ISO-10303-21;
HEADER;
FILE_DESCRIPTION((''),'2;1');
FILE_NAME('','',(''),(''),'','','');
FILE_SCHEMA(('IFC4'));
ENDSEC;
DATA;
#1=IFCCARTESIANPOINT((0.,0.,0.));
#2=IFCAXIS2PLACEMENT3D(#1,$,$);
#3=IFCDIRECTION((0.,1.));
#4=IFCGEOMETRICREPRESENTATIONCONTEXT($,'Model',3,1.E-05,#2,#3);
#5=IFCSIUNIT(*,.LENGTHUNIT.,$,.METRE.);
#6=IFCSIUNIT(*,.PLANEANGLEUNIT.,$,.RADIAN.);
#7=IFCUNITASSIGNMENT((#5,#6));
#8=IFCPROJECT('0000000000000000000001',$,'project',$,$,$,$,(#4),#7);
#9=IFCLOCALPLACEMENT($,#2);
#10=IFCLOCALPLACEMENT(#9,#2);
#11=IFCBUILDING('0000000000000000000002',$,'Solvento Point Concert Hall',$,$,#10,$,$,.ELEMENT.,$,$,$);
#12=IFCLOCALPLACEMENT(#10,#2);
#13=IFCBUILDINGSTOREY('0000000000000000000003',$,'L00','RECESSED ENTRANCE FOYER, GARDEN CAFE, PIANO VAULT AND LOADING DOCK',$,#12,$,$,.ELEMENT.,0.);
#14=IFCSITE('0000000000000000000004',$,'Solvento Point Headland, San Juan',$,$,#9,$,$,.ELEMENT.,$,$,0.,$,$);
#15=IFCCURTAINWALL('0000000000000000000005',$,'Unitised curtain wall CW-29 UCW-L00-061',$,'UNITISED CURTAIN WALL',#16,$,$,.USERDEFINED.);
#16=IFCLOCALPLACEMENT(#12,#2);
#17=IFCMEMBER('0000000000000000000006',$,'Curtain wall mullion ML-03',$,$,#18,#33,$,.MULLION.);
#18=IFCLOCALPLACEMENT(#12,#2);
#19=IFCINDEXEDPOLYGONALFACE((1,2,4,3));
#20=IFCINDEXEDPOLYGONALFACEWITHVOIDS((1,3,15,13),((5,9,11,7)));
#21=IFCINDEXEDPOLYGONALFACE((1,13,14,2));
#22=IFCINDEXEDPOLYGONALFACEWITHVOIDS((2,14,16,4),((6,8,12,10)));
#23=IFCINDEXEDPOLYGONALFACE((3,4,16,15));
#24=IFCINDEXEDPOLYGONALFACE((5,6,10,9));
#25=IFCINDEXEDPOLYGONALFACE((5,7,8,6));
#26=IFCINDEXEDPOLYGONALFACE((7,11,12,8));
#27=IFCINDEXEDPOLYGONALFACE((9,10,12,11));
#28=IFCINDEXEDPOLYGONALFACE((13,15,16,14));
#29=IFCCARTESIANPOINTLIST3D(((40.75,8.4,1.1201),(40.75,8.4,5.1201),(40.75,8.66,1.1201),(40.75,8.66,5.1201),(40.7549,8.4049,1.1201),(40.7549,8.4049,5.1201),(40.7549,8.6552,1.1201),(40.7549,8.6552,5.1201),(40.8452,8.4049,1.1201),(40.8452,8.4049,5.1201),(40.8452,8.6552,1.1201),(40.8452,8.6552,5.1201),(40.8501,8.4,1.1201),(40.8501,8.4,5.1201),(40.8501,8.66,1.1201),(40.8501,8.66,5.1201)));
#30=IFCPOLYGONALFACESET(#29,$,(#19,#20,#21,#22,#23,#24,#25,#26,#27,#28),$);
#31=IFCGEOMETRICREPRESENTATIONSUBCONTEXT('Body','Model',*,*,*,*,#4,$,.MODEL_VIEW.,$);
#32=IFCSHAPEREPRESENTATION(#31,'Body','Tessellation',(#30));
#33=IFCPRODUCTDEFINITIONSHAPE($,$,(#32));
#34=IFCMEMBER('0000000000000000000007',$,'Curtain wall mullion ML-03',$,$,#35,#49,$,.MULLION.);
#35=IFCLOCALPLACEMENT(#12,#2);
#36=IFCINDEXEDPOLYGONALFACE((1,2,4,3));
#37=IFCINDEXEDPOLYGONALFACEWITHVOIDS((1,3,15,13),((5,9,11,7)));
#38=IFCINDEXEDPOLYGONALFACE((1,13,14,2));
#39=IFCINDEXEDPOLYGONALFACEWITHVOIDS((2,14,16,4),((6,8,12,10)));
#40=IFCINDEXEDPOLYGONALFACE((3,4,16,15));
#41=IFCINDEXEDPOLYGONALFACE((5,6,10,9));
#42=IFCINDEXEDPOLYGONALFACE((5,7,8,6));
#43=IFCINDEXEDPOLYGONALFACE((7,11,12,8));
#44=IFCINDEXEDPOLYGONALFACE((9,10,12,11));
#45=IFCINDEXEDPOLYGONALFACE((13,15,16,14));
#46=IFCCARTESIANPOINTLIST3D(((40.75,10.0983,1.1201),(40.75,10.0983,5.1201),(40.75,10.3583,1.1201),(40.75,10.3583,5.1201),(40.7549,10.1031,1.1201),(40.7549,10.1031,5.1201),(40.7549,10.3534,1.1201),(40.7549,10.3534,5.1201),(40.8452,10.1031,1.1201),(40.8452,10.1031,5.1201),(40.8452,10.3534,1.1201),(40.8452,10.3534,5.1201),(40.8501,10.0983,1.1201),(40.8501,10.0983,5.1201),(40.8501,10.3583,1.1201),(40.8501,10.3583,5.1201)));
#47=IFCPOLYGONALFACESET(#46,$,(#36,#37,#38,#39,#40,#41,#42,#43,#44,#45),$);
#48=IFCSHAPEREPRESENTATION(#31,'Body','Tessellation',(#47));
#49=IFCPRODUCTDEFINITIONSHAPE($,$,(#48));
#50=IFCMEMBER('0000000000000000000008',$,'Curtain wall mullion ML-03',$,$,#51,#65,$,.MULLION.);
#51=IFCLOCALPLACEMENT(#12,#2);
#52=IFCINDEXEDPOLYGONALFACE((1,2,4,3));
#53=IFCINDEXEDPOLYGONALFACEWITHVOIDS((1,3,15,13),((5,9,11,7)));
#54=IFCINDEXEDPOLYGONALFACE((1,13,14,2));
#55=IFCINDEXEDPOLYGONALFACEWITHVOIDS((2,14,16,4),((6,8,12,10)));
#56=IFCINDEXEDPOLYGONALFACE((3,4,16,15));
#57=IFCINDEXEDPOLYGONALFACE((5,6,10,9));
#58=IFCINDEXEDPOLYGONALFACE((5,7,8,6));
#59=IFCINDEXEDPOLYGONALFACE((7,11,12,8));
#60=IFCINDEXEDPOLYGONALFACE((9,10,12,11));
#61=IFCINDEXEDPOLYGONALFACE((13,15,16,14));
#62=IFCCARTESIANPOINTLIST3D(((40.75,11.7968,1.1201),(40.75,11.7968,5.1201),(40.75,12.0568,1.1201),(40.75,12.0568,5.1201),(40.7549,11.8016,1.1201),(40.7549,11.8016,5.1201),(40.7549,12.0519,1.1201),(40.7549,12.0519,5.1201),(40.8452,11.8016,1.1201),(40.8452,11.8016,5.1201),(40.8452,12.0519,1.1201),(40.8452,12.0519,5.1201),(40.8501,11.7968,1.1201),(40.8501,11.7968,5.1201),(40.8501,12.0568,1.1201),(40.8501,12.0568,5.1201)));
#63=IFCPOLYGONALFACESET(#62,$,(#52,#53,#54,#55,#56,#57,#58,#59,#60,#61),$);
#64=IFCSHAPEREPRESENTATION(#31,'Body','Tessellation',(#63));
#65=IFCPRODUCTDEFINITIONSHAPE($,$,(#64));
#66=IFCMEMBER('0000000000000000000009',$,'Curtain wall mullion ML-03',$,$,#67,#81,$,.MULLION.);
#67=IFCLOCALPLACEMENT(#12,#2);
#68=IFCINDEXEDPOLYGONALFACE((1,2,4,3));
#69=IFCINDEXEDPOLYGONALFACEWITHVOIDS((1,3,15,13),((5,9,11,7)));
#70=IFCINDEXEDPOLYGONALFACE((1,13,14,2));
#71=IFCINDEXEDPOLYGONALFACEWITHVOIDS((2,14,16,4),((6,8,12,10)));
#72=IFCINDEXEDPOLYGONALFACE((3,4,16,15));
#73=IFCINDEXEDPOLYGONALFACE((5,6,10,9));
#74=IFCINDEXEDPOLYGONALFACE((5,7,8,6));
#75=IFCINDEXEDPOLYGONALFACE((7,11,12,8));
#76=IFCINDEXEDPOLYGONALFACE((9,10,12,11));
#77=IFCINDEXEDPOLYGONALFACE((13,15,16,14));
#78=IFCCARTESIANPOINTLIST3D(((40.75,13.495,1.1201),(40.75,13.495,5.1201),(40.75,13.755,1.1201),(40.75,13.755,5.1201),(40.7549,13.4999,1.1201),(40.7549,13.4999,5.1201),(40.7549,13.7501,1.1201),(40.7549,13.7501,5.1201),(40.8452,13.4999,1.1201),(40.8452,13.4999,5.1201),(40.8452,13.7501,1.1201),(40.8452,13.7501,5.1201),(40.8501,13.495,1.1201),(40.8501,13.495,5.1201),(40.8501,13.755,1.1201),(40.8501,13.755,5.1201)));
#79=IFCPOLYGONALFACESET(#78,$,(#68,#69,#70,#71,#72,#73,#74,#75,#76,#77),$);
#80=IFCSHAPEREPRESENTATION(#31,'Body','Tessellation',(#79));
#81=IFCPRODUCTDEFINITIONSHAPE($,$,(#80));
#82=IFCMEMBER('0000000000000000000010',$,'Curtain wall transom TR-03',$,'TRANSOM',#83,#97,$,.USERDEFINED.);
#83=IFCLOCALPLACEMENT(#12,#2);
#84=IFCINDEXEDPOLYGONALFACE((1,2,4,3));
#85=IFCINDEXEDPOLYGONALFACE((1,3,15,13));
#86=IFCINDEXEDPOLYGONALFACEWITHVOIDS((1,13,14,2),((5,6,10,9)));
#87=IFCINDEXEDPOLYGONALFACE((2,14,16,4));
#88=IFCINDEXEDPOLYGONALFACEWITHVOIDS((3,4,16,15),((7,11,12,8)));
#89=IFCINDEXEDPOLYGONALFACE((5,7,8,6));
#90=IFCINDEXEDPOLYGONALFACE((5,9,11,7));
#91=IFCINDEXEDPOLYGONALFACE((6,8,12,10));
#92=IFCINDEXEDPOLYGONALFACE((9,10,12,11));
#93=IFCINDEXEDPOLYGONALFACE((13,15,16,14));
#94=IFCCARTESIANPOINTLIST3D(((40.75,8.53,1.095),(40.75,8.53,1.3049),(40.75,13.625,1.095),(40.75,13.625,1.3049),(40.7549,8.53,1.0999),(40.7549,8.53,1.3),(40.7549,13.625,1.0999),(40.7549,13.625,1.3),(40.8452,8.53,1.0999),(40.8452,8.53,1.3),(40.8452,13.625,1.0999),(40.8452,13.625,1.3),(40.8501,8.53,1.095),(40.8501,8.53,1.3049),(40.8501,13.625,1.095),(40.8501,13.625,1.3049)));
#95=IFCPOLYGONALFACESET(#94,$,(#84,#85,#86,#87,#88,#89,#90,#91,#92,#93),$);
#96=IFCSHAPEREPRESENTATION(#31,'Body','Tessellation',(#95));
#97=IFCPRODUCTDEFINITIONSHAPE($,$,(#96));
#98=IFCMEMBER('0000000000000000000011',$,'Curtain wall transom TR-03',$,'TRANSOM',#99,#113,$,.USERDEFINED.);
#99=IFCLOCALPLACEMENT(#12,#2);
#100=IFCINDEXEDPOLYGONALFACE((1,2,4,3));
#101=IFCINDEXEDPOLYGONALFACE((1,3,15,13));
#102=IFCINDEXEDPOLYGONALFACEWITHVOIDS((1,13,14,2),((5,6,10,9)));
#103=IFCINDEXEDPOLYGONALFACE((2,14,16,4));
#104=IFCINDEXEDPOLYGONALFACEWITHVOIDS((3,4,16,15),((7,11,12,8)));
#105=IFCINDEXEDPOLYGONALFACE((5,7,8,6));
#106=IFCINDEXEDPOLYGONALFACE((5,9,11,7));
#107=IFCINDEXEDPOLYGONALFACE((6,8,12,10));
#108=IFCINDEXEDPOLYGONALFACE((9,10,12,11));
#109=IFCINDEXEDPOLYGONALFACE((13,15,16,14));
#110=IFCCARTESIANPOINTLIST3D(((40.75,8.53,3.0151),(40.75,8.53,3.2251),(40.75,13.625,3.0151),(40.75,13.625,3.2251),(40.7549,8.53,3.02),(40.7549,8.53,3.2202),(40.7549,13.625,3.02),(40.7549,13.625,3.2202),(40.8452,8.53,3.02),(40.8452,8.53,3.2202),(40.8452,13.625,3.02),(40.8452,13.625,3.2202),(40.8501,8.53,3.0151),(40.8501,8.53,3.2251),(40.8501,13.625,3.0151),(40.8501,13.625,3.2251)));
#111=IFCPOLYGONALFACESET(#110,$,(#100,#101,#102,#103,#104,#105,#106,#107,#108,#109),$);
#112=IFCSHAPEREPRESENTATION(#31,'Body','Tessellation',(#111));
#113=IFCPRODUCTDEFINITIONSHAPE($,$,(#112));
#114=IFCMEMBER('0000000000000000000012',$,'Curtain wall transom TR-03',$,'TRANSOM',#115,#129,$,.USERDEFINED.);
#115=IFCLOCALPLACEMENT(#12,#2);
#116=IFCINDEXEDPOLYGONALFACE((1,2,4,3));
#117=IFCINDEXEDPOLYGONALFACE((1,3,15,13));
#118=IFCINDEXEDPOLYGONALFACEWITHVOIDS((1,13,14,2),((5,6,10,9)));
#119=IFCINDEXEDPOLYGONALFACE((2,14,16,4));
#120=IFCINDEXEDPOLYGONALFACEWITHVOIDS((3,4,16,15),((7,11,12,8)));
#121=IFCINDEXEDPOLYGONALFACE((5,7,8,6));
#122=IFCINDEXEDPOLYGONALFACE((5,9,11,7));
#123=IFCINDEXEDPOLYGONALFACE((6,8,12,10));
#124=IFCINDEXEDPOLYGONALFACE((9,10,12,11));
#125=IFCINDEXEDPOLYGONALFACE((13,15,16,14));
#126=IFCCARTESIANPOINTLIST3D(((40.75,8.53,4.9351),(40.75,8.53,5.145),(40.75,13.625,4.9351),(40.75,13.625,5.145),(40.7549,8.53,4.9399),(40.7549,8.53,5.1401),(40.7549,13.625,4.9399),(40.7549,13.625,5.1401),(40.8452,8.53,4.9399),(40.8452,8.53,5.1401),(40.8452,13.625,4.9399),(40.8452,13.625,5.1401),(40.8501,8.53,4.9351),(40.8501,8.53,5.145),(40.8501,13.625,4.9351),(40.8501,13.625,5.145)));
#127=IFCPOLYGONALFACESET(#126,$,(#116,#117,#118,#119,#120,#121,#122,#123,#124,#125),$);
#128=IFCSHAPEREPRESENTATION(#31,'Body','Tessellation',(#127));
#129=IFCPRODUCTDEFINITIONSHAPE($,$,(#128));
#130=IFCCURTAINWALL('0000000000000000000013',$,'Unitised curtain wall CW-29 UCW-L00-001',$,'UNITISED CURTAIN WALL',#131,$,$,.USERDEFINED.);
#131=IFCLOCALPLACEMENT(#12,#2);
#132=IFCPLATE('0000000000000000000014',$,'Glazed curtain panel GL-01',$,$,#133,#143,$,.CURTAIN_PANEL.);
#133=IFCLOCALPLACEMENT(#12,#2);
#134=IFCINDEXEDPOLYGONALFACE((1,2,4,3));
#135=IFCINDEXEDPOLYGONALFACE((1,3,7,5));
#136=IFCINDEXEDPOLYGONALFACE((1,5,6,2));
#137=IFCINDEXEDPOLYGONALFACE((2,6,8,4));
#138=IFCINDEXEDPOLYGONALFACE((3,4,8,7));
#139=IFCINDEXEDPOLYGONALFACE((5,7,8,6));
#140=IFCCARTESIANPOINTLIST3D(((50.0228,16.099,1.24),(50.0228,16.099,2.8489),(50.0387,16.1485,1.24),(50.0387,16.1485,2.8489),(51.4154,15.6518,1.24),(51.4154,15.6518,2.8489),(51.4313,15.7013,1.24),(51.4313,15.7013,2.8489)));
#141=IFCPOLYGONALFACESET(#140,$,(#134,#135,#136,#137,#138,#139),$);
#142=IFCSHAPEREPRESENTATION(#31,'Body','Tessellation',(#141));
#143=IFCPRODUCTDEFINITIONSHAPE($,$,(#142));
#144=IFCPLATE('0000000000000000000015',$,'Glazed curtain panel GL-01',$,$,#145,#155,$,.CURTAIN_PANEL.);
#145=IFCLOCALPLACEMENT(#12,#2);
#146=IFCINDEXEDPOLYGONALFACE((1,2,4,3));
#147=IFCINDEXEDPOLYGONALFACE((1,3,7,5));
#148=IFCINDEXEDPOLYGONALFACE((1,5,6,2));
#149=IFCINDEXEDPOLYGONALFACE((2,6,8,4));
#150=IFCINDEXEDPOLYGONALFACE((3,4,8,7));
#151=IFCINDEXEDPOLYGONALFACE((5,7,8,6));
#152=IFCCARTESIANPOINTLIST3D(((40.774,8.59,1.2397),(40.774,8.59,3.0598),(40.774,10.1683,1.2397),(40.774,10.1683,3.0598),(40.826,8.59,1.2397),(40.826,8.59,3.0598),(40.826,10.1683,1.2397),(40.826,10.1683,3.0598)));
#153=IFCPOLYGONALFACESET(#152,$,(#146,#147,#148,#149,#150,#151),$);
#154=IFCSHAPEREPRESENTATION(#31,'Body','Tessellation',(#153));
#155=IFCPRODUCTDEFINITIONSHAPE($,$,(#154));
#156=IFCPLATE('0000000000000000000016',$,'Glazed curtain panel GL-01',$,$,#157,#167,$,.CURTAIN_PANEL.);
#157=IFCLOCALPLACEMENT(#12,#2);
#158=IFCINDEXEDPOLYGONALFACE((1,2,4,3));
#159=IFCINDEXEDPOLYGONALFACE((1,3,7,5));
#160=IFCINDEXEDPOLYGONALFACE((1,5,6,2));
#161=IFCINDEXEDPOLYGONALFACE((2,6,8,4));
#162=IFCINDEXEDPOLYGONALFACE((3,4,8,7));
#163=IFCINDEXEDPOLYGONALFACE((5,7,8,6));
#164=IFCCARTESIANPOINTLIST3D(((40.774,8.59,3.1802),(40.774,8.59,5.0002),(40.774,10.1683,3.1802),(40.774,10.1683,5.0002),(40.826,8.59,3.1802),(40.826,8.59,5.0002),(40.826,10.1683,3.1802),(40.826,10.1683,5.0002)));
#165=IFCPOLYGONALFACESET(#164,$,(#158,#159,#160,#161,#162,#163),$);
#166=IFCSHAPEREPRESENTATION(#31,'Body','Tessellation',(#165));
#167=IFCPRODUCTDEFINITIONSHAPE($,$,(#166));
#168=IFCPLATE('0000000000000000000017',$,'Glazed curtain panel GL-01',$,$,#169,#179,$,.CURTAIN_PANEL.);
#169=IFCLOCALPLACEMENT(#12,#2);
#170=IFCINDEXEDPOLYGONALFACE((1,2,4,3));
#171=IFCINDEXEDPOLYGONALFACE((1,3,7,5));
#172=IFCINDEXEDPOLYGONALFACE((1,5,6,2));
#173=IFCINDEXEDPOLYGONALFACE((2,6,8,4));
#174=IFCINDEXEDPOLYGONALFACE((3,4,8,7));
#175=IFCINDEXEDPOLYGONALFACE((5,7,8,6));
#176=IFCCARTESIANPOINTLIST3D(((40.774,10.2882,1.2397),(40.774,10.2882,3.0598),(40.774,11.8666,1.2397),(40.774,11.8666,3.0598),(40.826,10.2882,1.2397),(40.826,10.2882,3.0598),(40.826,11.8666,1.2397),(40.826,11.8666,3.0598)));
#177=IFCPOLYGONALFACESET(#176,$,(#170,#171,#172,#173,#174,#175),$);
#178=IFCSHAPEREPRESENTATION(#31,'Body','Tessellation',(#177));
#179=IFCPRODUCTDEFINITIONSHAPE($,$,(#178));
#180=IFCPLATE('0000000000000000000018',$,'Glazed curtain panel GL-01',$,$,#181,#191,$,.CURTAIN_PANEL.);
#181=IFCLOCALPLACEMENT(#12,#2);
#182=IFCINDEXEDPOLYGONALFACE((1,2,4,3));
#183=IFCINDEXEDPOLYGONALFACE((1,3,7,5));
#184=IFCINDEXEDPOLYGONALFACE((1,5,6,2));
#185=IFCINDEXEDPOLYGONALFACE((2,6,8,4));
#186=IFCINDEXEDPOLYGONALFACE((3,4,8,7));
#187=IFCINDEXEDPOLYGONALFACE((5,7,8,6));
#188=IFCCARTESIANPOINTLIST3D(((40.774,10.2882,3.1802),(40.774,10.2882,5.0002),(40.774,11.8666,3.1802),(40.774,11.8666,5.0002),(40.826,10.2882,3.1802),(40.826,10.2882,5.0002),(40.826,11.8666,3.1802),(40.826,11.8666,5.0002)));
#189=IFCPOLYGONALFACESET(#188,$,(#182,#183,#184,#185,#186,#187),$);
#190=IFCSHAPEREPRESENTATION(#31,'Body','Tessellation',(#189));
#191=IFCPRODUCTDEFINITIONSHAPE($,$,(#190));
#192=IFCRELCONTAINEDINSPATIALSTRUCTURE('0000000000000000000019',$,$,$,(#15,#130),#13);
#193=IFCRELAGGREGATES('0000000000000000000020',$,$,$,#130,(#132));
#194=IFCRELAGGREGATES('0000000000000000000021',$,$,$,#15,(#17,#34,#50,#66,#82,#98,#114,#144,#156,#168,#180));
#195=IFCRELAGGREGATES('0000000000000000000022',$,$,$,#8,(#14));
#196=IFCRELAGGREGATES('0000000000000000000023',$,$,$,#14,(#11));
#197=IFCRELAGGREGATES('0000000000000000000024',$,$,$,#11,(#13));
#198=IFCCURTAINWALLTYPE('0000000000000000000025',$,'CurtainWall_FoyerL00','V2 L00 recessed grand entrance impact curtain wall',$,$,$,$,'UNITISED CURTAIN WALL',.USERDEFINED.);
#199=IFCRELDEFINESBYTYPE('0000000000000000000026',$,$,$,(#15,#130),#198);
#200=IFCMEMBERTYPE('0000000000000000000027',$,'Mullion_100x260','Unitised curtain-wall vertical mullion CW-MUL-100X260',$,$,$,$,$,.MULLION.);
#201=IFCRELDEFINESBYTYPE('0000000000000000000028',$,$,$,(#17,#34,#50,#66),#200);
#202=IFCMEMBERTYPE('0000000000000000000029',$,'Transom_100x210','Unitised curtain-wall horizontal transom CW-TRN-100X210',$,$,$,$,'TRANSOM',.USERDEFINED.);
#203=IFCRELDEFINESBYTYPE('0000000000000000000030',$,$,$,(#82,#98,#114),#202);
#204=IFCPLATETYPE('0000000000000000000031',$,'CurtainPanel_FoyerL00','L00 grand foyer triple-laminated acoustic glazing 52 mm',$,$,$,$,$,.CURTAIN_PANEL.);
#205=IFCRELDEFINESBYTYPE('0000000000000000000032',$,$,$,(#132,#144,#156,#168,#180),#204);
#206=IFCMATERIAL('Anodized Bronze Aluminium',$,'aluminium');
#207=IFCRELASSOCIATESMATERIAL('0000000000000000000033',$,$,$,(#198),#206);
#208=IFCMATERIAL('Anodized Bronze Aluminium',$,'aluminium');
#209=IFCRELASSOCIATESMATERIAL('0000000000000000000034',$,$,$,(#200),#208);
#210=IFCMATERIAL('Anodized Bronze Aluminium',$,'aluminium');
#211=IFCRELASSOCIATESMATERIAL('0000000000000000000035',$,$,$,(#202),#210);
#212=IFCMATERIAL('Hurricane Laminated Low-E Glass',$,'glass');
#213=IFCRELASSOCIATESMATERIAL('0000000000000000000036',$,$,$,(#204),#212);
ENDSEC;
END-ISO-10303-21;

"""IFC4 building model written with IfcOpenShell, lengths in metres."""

from ifc_helpers import new_model, si_unit, direction, frame, origin, origin_2d, place, context, subcontext, project, spatial, rectangle, hollow_rectangle, extrude, material, material_profile, profile_set, type_object, element, aggregate, save


model = new_model("IFC4")

# Units and contexts
model_context = context("Model", 3, precision=1e-05, world=origin(), true_north=direction((0.0, 1.0)))
body_context = subcontext(model_context, "Body", "Model", "MODEL_VIEW")
ifc_project = project(units=[si_unit("LENGTHUNIT", "METRE"), si_unit("PLANEANGLEUNIT", "RADIAN")], contexts=[model_context])

# Site, building, storey
site_placement = place(None, origin())
site = spatial("IfcSite", under=ifc_project, at=site_placement, Name="Solvento Point Headland, San Juan", CompositionType="ELEMENT", RefElevation=0.0)
building_placement = place(site_placement, origin())
building = spatial("IfcBuilding", under=site, at=building_placement, Name="Solvento Point Concert Hall", CompositionType="ELEMENT")
storey_placement = place(building_placement, origin())
storey = spatial("IfcBuildingStorey", under=building, at=storey_placement, Name="L00", Description="RECESSED ENTRANCE FOYER, GARDEN CAFE, PIANO VAULT AND LOADING DOCK", CompositionType="ELEMENT", Elevation=0.0)

# Curtain wall, members
ifc_material_1 = material(Name="Anodized Bronze Aluminium", Category="aluminium")
curtain_wall_type = type_object("IfcCurtainWallType", Name="CurtainWall_FoyerL00", Description="V2 L00 recessed grand entrance impact curtain wall", ElementType="UNITISED CURTAIN WALL", PredefinedType="USERDEFINED", material=ifc_material_1)
curtain_wall_1_placement = place(storey_placement, origin())
curtain_wall_1 = element("IfcCurtainWall", 1, at=curtain_wall_1_placement, inside=storey, type_object=curtain_wall_type, Name="Unitised curtain wall CW-29 UCW-L00-061", ObjectType="UNITISED CURTAIN WALL", PredefinedType="USERDEFINED")
ifc_material_2 = material(Name="Anodized Bronze Aluminium", Category="aluminium")
ifc_material_profile_1 = material_profile(ifc_material_2, hollow_rectangle(XDim=0.1001, YDim=0.26, WallThickness=0.0049, at=origin_2d()), Name="CW-MUL-100X260")
ifc_profile_set_1 = profile_set([ifc_material_profile_1], Name="Anodized Bronze Aluminium")
member_type_1 = type_object("IfcMemberType", Name="Mullion_100x260", Description="Unitised curtain-wall vertical mullion CW-MUL-100X260", PredefinedType="MULLION", material=ifc_profile_set_1)
member_1_placement = place(storey_placement, frame((40.8, 8.53, 1.1201), z_axis=(0.0, 0.0, 1.0), x_axis=(1.0, 0.0, 0.0)))
member_1 = element("IfcMember", 2, at=member_1_placement, type_object=member_type_1, Name="Curtain wall mullion ML-03", PredefinedType="MULLION", context=body_context, shape_type="SweptSolid", body=[
    extrude(hollow_rectangle(XDim=0.1001, YDim=0.26, WallThickness=0.0049, at=origin_2d()), origin(), (0.0, 0.0, 1.0), 4.0),
])
member_2_placement = place(storey_placement, frame((40.8, 10.2283, 1.1201), z_axis=(0.0, 0.0, 1.0), x_axis=(1.0, 0.0, 0.0)))
member_2 = element("IfcMember", 3, at=member_2_placement, type_object=member_type_1, Name="Curtain wall mullion ML-03", PredefinedType="MULLION", context=body_context, shape_type="SweptSolid", body=[
    extrude(hollow_rectangle(XDim=0.1001, YDim=0.26, WallThickness=0.0049, at=origin_2d()), origin(), (0.0, 0.0, 1.0), 4.0),
])
member_3_placement = place(storey_placement, frame((40.8, 11.9268, 1.1201), z_axis=(0.0, 0.0, 1.0), x_axis=(1.0, 0.0, 0.0)))
member_3 = element("IfcMember", 4, at=member_3_placement, type_object=member_type_1, Name="Curtain wall mullion ML-03", PredefinedType="MULLION", context=body_context, shape_type="SweptSolid", body=[
    extrude(hollow_rectangle(XDim=0.1001, YDim=0.26, WallThickness=0.0049, at=origin_2d()), origin(), (0.0, 0.0, 1.0), 4.0),
])
member_4_placement = place(storey_placement, frame((40.8, 13.625, 1.1201), z_axis=(0.0, 0.0, 1.0), x_axis=(1.0, 0.0, 0.0)))
member_4 = element("IfcMember", 5, at=member_4_placement, type_object=member_type_1, Name="Curtain wall mullion ML-03", PredefinedType="MULLION", context=body_context, shape_type="SweptSolid", body=[
    extrude(hollow_rectangle(XDim=0.1001, YDim=0.26, WallThickness=0.0049, at=origin_2d()), origin(), (0.0, 0.0, 1.0), 4.0),
])
ifc_material_3 = material(Name="Anodized Bronze Aluminium", Category="aluminium")
ifc_material_profile_2 = material_profile(ifc_material_3, hollow_rectangle(XDim=0.1001, YDim=0.21, WallThickness=0.0049, at=origin_2d()), Name="CW-TRN-100X210")
ifc_profile_set_2 = profile_set([ifc_material_profile_2], Name="Anodized Bronze Aluminium")
member_type_2 = type_object("IfcMemberType", Name="Transom_100x210", Description="Unitised curtain-wall horizontal transom CW-TRN-100X210", ElementType="TRANSOM", PredefinedType="USERDEFINED", material=ifc_profile_set_2)
member_5_placement = place(storey_placement, frame((40.8, 8.53, 1.2), z_axis=(0.0, 1.0, 0.0), x_axis=(-1.0, 0.0, 0.0)))
member_5 = element("IfcMember", 6, at=member_5_placement, type_object=member_type_2, Name="Curtain wall transom TR-03", ObjectType="TRANSOM", PredefinedType="USERDEFINED", context=body_context, shape_type="SweptSolid", body=[
    extrude(hollow_rectangle(XDim=0.1001, YDim=0.21, WallThickness=0.0049, at=origin_2d()), origin(), (0.0, 0.0, 1.0), 5.095),
])
member_6_placement = place(storey_placement, frame((40.8, 8.53, 3.1201), z_axis=(0.0, 1.0, 0.0), x_axis=(-1.0, 0.0, 0.0)))
member_6 = element("IfcMember", 7, at=member_6_placement, type_object=member_type_2, Name="Curtain wall transom TR-03", ObjectType="TRANSOM", PredefinedType="USERDEFINED", context=body_context, shape_type="SweptSolid", body=[
    extrude(hollow_rectangle(XDim=0.1001, YDim=0.21, WallThickness=0.0049, at=origin_2d()), origin(), (0.0, 0.0, 1.0), 5.095),
])
member_7_placement = place(storey_placement, frame((40.8, 8.53, 5.04), z_axis=(0.0, 1.0, 0.0), x_axis=(-1.0, 0.0, 0.0)))
member_7 = element("IfcMember", 8, at=member_7_placement, type_object=member_type_2, Name="Curtain wall transom TR-03", ObjectType="TRANSOM", PredefinedType="USERDEFINED", context=body_context, shape_type="SweptSolid", body=[
    extrude(hollow_rectangle(XDim=0.1001, YDim=0.21, WallThickness=0.0049, at=origin_2d()), origin(), (0.0, 0.0, 1.0), 5.095),
])

# Curtain wall, plate
curtain_wall_2_placement = place(storey_placement, origin())
curtain_wall_2 = element("IfcCurtainWall", 9, at=curtain_wall_2_placement, inside=storey, type_object=curtain_wall_type, Name="Unitised curtain wall CW-29 UCW-L00-001", ObjectType="UNITISED CURTAIN WALL", PredefinedType="USERDEFINED")
ifc_material_4 = material(Name="Hurricane Laminated Low-E Glass", Category="glass")
plate_type = type_object("IfcPlateType", Name="CurtainPanel_FoyerL00", Description="L00 grand foyer triple-laminated acoustic glazing 52 mm", PredefinedType="CURTAIN_PANEL", material=ifc_material_4)
plate_1_placement = place(storey_placement, frame((50.7271, 15.9001, 1.24), z_axis=(0.0, 0.0, 1.0), x_axis=(-0.952122, 0.305719, 0.0)))
plate_1 = element("IfcPlate", 10, at=plate_1_placement, type_object=plate_type, Name="Glazed curtain panel GL-01", PredefinedType="CURTAIN_PANEL", context=body_context, shape_type="SweptSolid", body=[
    extrude(rectangle(XDim=1.4626, YDim=0.052, at=origin_2d()), origin(), (0.0, 0.0, 1.0), 1.6089),
])
aggregate(curtain_wall_2, [plate_1])

# Plates
plate_2_placement = place(storey_placement, frame((40.8, 9.3792, 1.2397), z_axis=(0.0, 0.0, 1.0), x_axis=(0.0, 1.0, 0.0)))
plate_2 = element("IfcPlate", 11, at=plate_2_placement, type_object=plate_type, Name="Glazed curtain panel GL-01", PredefinedType="CURTAIN_PANEL", context=body_context, shape_type="SweptSolid", body=[
    extrude(rectangle(XDim=1.5784, YDim=0.052, at=origin_2d()), origin(), (0.0, 0.0, 1.0), 1.8201),
])
plate_3_placement = place(storey_placement, frame((40.8, 9.3792, 3.1802), z_axis=(0.0, 0.0, 1.0), x_axis=(0.0, 1.0, 0.0)))
plate_3 = element("IfcPlate", 12, at=plate_3_placement, type_object=plate_type, Name="Glazed curtain panel GL-01", PredefinedType="CURTAIN_PANEL", context=body_context, shape_type="SweptSolid", body=[
    extrude(rectangle(XDim=1.5784, YDim=0.052, at=origin_2d()), origin(), (0.0, 0.0, 1.0), 1.8201),
])
plate_4_placement = place(storey_placement, frame((40.8, 11.0774, 1.2397), z_axis=(0.0, 0.0, 1.0), x_axis=(0.0, 1.0, 0.0)))
plate_4 = element("IfcPlate", 13, at=plate_4_placement, type_object=plate_type, Name="Glazed curtain panel GL-01", PredefinedType="CURTAIN_PANEL", context=body_context, shape_type="SweptSolid", body=[
    extrude(rectangle(XDim=1.5784, YDim=0.052, at=origin_2d()), origin(), (0.0, 0.0, 1.0), 1.8201),
])
plate_5_placement = place(storey_placement, frame((40.8, 11.0774, 3.1802), z_axis=(0.0, 0.0, 1.0), x_axis=(0.0, 1.0, 0.0)))
plate_5 = element("IfcPlate", 14, at=plate_5_placement, type_object=plate_type, Name="Glazed curtain panel GL-01", PredefinedType="CURTAIN_PANEL", context=body_context, shape_type="SweptSolid", body=[
    extrude(rectangle(XDim=1.5784, YDim=0.052, at=origin_2d()), origin(), (0.0, 0.0, 1.0), 1.8201),
])
aggregate(curtain_wall_1, [member_1, member_2, member_3, member_4, member_5, member_6, member_7, plate_2, plate_3, plate_4, plate_5])

save(model, "model.ifc")
